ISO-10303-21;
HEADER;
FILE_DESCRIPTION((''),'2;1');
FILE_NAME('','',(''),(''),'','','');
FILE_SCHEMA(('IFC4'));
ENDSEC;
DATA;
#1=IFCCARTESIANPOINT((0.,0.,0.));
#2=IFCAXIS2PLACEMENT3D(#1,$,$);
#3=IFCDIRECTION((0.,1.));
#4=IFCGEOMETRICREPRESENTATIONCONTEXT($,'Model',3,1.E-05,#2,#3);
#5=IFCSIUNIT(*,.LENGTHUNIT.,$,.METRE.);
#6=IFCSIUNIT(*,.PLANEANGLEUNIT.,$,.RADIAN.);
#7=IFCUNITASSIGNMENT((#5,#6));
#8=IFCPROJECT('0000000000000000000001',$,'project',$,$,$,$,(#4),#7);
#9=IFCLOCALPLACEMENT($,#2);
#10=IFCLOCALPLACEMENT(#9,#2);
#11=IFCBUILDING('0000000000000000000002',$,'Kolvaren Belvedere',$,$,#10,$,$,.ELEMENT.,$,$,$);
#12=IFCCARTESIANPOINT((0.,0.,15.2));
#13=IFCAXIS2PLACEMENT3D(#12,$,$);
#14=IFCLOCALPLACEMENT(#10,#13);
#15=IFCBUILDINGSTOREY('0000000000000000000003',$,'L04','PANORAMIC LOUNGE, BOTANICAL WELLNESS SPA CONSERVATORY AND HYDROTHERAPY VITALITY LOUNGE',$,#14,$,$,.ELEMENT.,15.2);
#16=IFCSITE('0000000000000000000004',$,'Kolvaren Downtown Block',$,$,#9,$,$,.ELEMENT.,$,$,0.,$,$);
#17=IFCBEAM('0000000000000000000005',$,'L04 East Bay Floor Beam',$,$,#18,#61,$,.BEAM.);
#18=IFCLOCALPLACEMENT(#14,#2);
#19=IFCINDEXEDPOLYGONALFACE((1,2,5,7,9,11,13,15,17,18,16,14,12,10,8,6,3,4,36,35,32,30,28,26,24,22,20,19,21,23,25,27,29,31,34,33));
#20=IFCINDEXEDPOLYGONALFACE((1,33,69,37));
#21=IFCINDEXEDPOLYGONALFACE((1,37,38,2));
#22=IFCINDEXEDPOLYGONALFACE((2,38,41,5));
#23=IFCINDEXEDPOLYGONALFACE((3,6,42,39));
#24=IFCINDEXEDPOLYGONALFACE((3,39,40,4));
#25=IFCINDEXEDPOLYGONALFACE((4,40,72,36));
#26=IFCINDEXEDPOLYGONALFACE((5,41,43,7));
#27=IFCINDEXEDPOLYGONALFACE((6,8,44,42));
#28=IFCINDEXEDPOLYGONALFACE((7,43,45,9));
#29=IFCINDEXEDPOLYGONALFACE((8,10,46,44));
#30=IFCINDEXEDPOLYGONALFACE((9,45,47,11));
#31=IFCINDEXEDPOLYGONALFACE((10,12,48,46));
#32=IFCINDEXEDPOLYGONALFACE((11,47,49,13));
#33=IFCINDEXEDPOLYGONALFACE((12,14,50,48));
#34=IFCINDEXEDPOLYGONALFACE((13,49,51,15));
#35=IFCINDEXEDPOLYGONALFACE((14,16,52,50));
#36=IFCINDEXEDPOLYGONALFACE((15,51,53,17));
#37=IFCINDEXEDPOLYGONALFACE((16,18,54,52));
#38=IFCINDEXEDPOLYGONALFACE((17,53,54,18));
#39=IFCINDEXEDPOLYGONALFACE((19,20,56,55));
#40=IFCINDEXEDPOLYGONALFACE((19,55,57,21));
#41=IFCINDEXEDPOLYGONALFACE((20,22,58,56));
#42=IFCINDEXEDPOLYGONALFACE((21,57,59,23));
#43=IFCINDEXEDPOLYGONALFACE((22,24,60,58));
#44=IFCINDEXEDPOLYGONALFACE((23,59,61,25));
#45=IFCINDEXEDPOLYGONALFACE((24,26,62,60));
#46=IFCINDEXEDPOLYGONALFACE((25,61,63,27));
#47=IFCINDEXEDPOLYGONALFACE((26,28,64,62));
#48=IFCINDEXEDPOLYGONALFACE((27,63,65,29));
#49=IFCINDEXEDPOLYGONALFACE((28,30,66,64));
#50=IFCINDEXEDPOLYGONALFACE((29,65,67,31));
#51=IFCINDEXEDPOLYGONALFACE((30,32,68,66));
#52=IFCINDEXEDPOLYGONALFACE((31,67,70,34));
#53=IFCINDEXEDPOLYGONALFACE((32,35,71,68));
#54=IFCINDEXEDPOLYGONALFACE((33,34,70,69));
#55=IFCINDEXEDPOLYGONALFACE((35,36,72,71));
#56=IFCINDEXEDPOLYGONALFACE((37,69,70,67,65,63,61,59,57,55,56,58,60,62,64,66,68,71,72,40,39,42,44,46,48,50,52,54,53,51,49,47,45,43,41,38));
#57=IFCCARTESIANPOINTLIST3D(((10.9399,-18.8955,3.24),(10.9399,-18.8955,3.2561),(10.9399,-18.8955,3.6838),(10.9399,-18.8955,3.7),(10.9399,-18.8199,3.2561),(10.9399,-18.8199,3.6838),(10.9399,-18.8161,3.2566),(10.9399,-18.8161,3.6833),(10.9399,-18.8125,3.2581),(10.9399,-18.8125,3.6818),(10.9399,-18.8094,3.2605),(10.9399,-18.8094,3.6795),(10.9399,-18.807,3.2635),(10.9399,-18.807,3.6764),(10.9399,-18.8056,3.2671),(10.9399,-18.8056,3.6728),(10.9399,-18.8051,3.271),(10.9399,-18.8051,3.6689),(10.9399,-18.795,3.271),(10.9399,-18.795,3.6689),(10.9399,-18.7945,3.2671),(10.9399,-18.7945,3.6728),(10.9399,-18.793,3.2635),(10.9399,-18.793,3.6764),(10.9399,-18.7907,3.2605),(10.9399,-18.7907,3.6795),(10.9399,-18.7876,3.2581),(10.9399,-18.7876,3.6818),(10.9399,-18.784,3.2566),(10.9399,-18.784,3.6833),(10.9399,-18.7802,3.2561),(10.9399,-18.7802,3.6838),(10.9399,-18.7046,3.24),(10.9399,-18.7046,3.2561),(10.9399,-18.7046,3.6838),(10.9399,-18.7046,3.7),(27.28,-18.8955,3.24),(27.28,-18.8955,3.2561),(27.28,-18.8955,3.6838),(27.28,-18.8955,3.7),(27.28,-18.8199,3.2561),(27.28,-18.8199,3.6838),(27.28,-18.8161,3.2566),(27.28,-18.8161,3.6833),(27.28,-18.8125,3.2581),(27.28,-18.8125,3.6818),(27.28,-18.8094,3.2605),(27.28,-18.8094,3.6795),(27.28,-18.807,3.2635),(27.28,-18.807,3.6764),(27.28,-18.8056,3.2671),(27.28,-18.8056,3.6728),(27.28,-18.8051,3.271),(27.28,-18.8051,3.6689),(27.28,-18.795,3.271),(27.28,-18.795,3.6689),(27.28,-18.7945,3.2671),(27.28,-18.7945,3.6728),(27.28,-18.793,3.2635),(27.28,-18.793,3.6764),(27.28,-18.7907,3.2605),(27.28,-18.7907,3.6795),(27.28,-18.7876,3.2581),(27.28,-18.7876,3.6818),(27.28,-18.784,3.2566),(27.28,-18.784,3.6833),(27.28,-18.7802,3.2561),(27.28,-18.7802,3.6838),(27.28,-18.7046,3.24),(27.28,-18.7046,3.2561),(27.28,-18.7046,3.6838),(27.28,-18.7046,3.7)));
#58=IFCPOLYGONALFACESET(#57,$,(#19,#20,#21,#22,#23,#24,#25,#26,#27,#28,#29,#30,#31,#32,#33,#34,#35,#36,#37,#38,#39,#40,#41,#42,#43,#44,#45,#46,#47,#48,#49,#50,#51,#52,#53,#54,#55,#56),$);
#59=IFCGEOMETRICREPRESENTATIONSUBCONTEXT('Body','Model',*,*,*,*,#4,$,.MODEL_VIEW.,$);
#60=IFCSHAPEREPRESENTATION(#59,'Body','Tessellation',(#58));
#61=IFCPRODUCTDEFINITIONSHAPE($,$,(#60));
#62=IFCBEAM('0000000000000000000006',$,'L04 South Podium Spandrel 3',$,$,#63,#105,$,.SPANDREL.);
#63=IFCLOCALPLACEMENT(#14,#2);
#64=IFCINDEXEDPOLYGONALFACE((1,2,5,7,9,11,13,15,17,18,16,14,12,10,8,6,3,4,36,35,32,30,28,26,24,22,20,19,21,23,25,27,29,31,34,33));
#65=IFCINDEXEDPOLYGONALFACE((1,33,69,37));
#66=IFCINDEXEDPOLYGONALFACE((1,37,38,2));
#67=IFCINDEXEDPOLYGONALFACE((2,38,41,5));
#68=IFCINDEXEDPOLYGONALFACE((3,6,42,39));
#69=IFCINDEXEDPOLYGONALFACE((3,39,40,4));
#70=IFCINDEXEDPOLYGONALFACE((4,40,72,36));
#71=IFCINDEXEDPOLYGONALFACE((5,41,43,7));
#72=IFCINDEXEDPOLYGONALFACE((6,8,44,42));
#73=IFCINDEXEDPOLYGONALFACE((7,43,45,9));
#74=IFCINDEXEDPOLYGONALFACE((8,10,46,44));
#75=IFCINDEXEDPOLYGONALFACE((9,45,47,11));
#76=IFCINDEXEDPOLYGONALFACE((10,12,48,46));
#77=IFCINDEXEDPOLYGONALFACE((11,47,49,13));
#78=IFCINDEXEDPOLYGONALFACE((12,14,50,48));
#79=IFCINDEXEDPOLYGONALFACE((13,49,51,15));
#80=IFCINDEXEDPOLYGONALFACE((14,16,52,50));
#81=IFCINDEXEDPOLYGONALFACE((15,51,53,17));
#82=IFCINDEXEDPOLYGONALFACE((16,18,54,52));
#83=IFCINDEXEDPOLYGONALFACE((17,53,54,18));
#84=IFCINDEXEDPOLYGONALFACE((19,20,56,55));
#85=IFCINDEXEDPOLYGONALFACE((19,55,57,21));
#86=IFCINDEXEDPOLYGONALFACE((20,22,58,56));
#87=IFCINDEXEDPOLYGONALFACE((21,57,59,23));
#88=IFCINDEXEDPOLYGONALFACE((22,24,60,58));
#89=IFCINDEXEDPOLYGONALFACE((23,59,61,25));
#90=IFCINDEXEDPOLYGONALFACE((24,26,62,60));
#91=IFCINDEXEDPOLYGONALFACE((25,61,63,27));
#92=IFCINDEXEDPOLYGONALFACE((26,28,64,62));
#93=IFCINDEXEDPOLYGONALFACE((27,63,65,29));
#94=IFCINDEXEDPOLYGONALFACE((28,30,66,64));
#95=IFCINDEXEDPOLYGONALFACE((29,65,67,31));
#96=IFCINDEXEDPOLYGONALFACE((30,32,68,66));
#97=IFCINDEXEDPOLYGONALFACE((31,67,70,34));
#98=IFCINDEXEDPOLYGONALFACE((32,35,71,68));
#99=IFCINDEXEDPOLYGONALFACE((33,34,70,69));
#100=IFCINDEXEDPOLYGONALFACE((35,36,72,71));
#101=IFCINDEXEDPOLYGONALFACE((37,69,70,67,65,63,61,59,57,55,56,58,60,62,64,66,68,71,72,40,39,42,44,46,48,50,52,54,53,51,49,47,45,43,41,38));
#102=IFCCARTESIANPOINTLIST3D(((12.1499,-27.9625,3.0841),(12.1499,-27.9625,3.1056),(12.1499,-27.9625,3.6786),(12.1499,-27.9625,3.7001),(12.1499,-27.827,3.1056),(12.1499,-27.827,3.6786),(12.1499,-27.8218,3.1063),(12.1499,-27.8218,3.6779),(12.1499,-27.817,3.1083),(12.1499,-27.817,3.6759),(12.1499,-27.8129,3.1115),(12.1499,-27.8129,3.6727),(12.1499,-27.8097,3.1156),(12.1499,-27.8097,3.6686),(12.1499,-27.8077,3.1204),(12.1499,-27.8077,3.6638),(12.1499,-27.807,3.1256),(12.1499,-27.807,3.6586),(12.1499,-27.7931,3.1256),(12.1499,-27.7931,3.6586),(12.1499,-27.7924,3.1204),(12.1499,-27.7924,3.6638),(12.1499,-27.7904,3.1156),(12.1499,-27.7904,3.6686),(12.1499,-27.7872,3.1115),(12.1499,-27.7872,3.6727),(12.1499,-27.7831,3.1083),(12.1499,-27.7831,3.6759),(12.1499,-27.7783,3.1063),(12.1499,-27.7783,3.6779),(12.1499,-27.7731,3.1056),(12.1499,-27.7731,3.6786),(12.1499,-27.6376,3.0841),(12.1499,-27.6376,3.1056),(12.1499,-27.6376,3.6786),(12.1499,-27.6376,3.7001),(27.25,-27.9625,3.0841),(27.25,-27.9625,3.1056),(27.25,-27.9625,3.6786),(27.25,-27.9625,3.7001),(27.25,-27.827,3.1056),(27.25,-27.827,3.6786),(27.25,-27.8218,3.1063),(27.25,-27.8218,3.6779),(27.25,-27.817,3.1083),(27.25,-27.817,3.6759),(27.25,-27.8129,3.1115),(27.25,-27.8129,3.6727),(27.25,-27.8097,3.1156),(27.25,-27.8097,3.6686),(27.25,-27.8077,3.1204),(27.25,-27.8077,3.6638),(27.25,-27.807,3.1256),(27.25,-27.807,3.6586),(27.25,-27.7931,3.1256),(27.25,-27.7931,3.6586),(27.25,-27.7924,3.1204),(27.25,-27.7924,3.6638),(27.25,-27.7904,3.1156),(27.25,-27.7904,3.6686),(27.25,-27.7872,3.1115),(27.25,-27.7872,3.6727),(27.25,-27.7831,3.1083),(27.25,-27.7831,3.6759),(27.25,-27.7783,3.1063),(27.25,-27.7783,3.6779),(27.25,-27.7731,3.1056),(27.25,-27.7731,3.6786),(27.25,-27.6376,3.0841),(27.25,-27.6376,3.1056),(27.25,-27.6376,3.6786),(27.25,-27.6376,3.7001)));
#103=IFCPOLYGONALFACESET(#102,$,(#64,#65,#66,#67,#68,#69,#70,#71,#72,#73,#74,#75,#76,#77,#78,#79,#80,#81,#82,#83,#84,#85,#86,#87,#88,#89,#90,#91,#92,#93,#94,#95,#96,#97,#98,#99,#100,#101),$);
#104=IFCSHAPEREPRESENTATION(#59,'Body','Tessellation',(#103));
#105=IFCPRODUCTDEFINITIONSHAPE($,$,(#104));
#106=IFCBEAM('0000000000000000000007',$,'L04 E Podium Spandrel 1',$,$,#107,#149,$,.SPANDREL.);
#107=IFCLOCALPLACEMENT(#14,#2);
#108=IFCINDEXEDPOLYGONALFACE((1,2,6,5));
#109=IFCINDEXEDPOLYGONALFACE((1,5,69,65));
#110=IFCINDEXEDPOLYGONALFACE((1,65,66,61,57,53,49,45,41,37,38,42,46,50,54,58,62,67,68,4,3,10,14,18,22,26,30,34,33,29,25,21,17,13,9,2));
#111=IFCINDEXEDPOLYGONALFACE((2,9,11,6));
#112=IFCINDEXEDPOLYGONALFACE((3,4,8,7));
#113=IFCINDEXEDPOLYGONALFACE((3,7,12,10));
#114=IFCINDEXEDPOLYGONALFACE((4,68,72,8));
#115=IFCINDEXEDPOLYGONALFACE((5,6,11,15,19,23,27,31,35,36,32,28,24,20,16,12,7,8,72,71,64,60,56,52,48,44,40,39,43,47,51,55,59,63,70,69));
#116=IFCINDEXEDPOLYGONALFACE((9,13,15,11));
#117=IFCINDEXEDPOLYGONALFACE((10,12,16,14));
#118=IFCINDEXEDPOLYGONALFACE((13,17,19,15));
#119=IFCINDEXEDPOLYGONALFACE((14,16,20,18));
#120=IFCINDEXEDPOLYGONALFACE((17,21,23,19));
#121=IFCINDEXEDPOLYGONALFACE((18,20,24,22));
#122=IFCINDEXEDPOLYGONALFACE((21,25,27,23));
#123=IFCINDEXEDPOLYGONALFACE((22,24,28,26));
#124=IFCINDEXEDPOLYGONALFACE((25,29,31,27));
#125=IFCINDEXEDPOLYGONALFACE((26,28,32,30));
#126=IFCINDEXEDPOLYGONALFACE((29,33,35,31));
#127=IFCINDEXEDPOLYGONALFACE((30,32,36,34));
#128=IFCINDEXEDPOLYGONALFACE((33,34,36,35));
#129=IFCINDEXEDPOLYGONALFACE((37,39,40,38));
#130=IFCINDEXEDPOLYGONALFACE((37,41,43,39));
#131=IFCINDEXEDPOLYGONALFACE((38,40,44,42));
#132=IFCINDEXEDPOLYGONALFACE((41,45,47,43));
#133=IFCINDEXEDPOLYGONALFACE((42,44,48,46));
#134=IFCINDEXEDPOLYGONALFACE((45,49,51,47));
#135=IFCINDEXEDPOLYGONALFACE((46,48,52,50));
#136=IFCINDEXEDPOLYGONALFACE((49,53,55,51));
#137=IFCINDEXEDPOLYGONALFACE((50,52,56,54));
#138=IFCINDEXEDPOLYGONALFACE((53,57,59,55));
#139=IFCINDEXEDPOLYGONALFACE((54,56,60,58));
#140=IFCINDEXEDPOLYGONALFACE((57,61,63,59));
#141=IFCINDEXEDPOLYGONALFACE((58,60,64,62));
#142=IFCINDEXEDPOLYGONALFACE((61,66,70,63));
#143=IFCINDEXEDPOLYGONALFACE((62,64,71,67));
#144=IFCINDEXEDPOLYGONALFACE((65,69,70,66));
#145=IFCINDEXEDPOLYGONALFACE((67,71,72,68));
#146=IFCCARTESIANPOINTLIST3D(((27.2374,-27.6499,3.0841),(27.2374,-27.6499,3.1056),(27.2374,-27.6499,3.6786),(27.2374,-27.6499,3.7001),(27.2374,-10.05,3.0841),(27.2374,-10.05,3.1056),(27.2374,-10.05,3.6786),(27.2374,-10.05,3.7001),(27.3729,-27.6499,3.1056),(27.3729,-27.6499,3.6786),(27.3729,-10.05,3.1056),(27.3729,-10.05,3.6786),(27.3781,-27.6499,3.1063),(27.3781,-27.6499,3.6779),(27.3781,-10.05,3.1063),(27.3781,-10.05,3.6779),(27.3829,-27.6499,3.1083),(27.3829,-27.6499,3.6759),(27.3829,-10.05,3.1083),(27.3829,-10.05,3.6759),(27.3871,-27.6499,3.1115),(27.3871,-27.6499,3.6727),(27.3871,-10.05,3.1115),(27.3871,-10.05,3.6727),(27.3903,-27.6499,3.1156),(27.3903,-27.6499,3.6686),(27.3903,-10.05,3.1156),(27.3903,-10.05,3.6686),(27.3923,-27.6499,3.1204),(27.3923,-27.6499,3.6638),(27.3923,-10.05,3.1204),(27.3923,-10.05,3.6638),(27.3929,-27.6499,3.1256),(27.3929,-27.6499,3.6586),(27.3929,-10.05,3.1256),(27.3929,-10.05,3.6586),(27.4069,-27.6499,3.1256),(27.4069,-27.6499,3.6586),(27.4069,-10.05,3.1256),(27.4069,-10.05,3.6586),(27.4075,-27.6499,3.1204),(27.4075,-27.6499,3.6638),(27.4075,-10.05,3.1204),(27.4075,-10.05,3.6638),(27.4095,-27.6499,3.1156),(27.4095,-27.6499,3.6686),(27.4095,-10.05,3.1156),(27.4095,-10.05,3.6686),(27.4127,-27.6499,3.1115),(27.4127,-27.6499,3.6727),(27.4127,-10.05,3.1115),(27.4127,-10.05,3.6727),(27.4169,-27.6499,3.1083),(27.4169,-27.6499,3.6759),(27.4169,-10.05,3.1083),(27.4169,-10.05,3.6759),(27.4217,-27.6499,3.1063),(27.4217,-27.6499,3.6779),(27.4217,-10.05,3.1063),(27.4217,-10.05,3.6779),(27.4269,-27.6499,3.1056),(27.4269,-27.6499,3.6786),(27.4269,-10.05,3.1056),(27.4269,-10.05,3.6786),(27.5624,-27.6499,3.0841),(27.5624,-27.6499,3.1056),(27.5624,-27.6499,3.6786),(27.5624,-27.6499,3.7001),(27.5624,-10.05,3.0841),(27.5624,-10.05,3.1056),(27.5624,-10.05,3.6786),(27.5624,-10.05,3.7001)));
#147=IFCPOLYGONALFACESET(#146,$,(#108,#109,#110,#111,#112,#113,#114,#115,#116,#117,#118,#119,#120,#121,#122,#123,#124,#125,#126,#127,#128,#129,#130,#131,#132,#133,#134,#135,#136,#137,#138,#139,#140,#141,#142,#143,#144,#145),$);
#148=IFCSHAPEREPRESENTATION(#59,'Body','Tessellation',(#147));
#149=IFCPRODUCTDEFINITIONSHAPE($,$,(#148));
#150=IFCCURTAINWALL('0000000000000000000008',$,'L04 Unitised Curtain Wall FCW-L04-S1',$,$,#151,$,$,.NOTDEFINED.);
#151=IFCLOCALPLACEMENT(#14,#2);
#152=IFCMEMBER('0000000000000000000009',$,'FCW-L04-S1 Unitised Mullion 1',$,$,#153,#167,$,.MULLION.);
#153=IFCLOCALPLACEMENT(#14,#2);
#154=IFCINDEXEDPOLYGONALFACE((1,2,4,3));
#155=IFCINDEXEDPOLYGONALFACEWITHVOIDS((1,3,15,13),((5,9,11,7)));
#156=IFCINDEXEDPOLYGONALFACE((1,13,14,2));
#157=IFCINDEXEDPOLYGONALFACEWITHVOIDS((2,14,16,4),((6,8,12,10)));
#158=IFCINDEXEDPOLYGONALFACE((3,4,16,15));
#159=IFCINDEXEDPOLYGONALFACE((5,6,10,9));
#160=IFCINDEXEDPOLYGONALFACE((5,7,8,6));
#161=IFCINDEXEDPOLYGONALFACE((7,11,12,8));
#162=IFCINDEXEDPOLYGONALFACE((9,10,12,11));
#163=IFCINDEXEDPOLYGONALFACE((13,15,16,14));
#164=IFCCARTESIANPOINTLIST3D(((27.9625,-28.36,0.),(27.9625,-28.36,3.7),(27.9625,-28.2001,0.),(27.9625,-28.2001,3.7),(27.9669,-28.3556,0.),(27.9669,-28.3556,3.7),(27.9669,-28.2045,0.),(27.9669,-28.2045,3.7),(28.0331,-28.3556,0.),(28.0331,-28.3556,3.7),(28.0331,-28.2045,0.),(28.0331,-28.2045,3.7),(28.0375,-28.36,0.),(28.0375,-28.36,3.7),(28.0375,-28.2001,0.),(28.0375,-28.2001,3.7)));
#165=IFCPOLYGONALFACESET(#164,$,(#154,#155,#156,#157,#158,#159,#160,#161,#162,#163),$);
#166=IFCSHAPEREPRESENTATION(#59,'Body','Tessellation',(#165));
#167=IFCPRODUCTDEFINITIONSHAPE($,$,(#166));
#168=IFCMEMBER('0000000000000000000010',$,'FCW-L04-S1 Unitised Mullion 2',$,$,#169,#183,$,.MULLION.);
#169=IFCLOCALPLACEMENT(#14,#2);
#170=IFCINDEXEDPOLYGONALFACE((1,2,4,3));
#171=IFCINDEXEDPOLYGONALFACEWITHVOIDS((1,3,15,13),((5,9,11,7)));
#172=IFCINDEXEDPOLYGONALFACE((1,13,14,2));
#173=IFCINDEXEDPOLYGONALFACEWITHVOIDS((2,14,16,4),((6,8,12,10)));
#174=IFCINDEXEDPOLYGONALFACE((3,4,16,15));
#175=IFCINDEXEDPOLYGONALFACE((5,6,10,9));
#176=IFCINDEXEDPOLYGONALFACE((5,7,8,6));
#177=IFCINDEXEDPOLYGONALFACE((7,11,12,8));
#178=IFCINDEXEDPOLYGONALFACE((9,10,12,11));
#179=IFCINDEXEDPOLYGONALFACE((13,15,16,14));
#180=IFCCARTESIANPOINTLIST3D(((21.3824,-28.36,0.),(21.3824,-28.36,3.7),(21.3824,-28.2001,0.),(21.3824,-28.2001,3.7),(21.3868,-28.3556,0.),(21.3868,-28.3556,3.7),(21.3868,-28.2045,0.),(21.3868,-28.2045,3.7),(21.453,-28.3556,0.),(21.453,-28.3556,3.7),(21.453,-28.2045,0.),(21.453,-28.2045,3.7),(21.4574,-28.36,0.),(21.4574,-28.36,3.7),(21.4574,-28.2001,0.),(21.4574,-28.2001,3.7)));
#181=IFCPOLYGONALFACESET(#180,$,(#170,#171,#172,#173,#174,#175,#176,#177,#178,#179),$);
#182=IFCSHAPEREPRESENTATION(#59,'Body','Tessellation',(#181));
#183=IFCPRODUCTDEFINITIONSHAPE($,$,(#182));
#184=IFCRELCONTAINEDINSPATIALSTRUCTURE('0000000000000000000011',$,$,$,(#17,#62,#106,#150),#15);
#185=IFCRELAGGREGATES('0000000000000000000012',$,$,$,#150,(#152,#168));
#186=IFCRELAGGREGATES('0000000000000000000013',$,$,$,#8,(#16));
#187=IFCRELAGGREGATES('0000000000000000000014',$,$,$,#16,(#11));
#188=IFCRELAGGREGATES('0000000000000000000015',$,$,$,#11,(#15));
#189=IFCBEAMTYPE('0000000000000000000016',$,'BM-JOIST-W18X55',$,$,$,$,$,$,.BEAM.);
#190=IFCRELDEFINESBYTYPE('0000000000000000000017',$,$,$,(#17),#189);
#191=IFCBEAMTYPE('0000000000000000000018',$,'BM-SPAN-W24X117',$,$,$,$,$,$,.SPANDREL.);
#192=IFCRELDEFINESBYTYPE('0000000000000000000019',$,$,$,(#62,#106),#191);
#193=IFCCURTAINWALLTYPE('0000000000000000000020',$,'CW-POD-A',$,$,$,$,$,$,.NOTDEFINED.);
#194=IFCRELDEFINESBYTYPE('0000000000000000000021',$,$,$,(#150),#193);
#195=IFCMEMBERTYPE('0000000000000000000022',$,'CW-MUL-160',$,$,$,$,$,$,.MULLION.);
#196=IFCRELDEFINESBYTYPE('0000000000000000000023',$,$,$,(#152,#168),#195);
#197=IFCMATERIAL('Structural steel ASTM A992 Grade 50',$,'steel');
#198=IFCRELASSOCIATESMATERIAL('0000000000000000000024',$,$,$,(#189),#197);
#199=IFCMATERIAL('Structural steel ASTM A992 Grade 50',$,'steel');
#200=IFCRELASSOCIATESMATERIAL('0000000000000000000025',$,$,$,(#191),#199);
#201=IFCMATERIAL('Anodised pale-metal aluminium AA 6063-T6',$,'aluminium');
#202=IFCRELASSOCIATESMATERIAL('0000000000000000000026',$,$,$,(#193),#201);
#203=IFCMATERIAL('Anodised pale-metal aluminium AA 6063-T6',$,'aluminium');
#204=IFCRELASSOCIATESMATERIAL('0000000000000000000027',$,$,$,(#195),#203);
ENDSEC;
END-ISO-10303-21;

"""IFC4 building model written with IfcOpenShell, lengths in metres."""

from ifc_helpers import new_model, si_unit, direction, frame, origin, origin_2d, place, context, subcontext, project, spatial, hollow_rectangle, i_section, extrude, material, material_profile, profile_set, type_object, element, aggregate, save


model = new_model("IFC4")

# Units and contexts
model_context = context("Model", 3, precision=1e-05, world=origin(), true_north=direction((0.0, 1.0)))
body_context = subcontext(model_context, "Body", "Model", "MODEL_VIEW")
ifc_project = project(units=[si_unit("LENGTHUNIT", "METRE"), si_unit("PLANEANGLEUNIT", "RADIAN")], contexts=[model_context])

# Site, building, storey
site_placement = place(None, origin())
site = spatial("IfcSite", under=ifc_project, at=site_placement, Name="Kolvaren Downtown Block", CompositionType="ELEMENT", RefElevation=0.0)
building_placement = place(site_placement, origin())
building = spatial("IfcBuilding", under=site, at=building_placement, Name="Kolvaren Belvedere", CompositionType="ELEMENT")
storey_placement = place(building_placement, frame((0.0, 0.0, 15.2)))
storey = spatial("IfcBuildingStorey", under=building, at=storey_placement, Name="L04", Description="PANORAMIC LOUNGE, BOTANICAL WELLNESS SPA CONSERVATORY AND HYDROTHERAPY VITALITY LOUNGE", CompositionType="ELEMENT", Elevation=15.2)

# Beams
ifc_material_1 = material(Name="Structural steel ASTM A992 Grade 50", Category="steel")
ifc_material_profile_1 = material_profile(ifc_material_1, i_section(OverallWidth=0.1909, OverallDepth=0.46, WebThickness=0.01, FlangeThickness=0.0161, FilletRadius=0.0149, at=origin_2d()), Name="W18X55")
ifc_profile_set_1 = profile_set([ifc_material_profile_1], Name="Structural steel ASTM A992 Grade 50")
beam_type_1 = type_object("IfcBeamType", Name="BM-JOIST-W18X55", PredefinedType="BEAM", material=ifc_profile_set_1)
beam_1_placement = place(storey_placement, frame((10.9399, -18.8, 3.47), z_axis=(1.0, 0.0, 0.0), x_axis=(0.0, 1.0, 0.0)))
element("IfcBeam", 1, at=beam_1_placement, inside=storey, type_object=beam_type_1, Name="L04 East Bay Floor Beam", PredefinedType="BEAM", context=body_context, shape_type="SweptSolid", body=[
    extrude(i_section(OverallWidth=0.1909, OverallDepth=0.46, WebThickness=0.01, FlangeThickness=0.0161, FilletRadius=0.0149, at=origin_2d()), origin(), (0.0, 0.0, 1.0), 16.3401),
])
ifc_material_2 = material(Name="Structural steel ASTM A992 Grade 50", Category="steel")
ifc_material_profile_2 = material_profile(ifc_material_2, i_section(OverallWidth=0.325, OverallDepth=0.616, WebThickness=0.0139, FlangeThickness=0.0215, FilletRadius=0.02, at=origin_2d()), Name="W24X117")
ifc_profile_set_2 = profile_set([ifc_material_profile_2], Name="Structural steel ASTM A992 Grade 50")
beam_type_2 = type_object("IfcBeamType", Name="BM-SPAN-W24X117", PredefinedType="SPANDREL", material=ifc_profile_set_2)
beam_2_placement = place(storey_placement, frame((12.1499, -27.8, 3.3921), z_axis=(1.0, 0.0, 0.0), x_axis=(0.0, 1.0, 0.0)))
element("IfcBeam", 2, at=beam_2_placement, inside=storey, type_object=beam_type_2, Name="L04 South Podium Spandrel 3", PredefinedType="SPANDREL", context=body_context, shape_type="SweptSolid", body=[
    extrude(i_section(OverallWidth=0.325, OverallDepth=0.616, WebThickness=0.0139, FlangeThickness=0.0215, FilletRadius=0.02, at=origin_2d()), origin(), (0.0, 0.0, 1.0), 15.1001),
])
beam_3_placement = place(storey_placement, frame((27.3999, -27.6499, 3.3921), z_axis=(0.0, 1.0, 0.0), x_axis=(-1.0, 0.0, 0.0)))
element("IfcBeam", 3, at=beam_3_placement, inside=storey, type_object=beam_type_2, Name="L04 E Podium Spandrel 1", PredefinedType="SPANDREL", context=body_context, shape_type="SweptSolid", body=[
    extrude(i_section(OverallWidth=0.325, OverallDepth=0.616, WebThickness=0.0139, FlangeThickness=0.0215, FilletRadius=0.02, at=origin_2d()), origin(), (0.0, 0.0, 1.0), 17.5999),
])

# Curtain wall, members
ifc_material_3 = material(Name="Anodised pale-metal aluminium AA 6063-T6", Category="aluminium")
curtain_wall_type = type_object("IfcCurtainWallType", Name="CW-POD-A", PredefinedType="NOTDEFINED", material=ifc_material_3)
curtain_wall_1_placement = place(storey_placement, origin())
curtain_wall_1 = element("IfcCurtainWall", 4, at=curtain_wall_1_placement, inside=storey, type_object=curtain_wall_type, Name="L04 Unitised Curtain Wall FCW-L04-S1", PredefinedType="NOTDEFINED")
ifc_material_4 = material(Name="Anodised pale-metal aluminium AA 6063-T6", Category="aluminium")
ifc_material_profile_3 = material_profile(ifc_material_4, hollow_rectangle(XDim=0.075, YDim=0.1599, WallThickness=0.0044, at=origin_2d()), Name="ALU-MUL-160X75")
ifc_profile_set_3 = profile_set([ifc_material_profile_3], Name="Anodised pale-metal aluminium AA 6063-T6")
member_type_1 = type_object("IfcMemberType", Name="CW-MUL-160", PredefinedType="MULLION", material=ifc_profile_set_3)
member_1_placement = place(storey_placement, frame((28.0, -28.28, 0.0), z_axis=(0.0, 0.0, 1.0), x_axis=(1.0, 0.0, 0.0)))
member_1 = element("IfcMember", 5, at=member_1_placement, type_object=member_type_1, Name="FCW-L04-S1 Unitised Mullion 1", PredefinedType="MULLION", context=body_context, shape_type="SweptSolid", body=[
    extrude(hollow_rectangle(XDim=0.075, YDim=0.1599, WallThickness=0.0044, at=origin_2d()), origin(), (0.0, 0.0, 1.0), 3.7),
])
member_2_placement = place(storey_placement, frame((21.4199, -28.28, 0.0), z_axis=(0.0, 0.0, 1.0), x_axis=(1.0, 0.0, 0.0)))
member_2 = element("IfcMember", 6, at=member_2_placement, type_object=member_type_1, Name="FCW-L04-S1 Unitised Mullion 2", PredefinedType="MULLION", context=body_context, shape_type="SweptSolid", body=[
    extrude(hollow_rectangle(XDim=0.075, YDim=0.1599, WallThickness=0.0044, at=origin_2d()), origin(), (0.0, 0.0, 1.0), 3.7),
])

aggregate(curtain_wall_1, [member_1, member_2])

save(model, "model.ifc")
